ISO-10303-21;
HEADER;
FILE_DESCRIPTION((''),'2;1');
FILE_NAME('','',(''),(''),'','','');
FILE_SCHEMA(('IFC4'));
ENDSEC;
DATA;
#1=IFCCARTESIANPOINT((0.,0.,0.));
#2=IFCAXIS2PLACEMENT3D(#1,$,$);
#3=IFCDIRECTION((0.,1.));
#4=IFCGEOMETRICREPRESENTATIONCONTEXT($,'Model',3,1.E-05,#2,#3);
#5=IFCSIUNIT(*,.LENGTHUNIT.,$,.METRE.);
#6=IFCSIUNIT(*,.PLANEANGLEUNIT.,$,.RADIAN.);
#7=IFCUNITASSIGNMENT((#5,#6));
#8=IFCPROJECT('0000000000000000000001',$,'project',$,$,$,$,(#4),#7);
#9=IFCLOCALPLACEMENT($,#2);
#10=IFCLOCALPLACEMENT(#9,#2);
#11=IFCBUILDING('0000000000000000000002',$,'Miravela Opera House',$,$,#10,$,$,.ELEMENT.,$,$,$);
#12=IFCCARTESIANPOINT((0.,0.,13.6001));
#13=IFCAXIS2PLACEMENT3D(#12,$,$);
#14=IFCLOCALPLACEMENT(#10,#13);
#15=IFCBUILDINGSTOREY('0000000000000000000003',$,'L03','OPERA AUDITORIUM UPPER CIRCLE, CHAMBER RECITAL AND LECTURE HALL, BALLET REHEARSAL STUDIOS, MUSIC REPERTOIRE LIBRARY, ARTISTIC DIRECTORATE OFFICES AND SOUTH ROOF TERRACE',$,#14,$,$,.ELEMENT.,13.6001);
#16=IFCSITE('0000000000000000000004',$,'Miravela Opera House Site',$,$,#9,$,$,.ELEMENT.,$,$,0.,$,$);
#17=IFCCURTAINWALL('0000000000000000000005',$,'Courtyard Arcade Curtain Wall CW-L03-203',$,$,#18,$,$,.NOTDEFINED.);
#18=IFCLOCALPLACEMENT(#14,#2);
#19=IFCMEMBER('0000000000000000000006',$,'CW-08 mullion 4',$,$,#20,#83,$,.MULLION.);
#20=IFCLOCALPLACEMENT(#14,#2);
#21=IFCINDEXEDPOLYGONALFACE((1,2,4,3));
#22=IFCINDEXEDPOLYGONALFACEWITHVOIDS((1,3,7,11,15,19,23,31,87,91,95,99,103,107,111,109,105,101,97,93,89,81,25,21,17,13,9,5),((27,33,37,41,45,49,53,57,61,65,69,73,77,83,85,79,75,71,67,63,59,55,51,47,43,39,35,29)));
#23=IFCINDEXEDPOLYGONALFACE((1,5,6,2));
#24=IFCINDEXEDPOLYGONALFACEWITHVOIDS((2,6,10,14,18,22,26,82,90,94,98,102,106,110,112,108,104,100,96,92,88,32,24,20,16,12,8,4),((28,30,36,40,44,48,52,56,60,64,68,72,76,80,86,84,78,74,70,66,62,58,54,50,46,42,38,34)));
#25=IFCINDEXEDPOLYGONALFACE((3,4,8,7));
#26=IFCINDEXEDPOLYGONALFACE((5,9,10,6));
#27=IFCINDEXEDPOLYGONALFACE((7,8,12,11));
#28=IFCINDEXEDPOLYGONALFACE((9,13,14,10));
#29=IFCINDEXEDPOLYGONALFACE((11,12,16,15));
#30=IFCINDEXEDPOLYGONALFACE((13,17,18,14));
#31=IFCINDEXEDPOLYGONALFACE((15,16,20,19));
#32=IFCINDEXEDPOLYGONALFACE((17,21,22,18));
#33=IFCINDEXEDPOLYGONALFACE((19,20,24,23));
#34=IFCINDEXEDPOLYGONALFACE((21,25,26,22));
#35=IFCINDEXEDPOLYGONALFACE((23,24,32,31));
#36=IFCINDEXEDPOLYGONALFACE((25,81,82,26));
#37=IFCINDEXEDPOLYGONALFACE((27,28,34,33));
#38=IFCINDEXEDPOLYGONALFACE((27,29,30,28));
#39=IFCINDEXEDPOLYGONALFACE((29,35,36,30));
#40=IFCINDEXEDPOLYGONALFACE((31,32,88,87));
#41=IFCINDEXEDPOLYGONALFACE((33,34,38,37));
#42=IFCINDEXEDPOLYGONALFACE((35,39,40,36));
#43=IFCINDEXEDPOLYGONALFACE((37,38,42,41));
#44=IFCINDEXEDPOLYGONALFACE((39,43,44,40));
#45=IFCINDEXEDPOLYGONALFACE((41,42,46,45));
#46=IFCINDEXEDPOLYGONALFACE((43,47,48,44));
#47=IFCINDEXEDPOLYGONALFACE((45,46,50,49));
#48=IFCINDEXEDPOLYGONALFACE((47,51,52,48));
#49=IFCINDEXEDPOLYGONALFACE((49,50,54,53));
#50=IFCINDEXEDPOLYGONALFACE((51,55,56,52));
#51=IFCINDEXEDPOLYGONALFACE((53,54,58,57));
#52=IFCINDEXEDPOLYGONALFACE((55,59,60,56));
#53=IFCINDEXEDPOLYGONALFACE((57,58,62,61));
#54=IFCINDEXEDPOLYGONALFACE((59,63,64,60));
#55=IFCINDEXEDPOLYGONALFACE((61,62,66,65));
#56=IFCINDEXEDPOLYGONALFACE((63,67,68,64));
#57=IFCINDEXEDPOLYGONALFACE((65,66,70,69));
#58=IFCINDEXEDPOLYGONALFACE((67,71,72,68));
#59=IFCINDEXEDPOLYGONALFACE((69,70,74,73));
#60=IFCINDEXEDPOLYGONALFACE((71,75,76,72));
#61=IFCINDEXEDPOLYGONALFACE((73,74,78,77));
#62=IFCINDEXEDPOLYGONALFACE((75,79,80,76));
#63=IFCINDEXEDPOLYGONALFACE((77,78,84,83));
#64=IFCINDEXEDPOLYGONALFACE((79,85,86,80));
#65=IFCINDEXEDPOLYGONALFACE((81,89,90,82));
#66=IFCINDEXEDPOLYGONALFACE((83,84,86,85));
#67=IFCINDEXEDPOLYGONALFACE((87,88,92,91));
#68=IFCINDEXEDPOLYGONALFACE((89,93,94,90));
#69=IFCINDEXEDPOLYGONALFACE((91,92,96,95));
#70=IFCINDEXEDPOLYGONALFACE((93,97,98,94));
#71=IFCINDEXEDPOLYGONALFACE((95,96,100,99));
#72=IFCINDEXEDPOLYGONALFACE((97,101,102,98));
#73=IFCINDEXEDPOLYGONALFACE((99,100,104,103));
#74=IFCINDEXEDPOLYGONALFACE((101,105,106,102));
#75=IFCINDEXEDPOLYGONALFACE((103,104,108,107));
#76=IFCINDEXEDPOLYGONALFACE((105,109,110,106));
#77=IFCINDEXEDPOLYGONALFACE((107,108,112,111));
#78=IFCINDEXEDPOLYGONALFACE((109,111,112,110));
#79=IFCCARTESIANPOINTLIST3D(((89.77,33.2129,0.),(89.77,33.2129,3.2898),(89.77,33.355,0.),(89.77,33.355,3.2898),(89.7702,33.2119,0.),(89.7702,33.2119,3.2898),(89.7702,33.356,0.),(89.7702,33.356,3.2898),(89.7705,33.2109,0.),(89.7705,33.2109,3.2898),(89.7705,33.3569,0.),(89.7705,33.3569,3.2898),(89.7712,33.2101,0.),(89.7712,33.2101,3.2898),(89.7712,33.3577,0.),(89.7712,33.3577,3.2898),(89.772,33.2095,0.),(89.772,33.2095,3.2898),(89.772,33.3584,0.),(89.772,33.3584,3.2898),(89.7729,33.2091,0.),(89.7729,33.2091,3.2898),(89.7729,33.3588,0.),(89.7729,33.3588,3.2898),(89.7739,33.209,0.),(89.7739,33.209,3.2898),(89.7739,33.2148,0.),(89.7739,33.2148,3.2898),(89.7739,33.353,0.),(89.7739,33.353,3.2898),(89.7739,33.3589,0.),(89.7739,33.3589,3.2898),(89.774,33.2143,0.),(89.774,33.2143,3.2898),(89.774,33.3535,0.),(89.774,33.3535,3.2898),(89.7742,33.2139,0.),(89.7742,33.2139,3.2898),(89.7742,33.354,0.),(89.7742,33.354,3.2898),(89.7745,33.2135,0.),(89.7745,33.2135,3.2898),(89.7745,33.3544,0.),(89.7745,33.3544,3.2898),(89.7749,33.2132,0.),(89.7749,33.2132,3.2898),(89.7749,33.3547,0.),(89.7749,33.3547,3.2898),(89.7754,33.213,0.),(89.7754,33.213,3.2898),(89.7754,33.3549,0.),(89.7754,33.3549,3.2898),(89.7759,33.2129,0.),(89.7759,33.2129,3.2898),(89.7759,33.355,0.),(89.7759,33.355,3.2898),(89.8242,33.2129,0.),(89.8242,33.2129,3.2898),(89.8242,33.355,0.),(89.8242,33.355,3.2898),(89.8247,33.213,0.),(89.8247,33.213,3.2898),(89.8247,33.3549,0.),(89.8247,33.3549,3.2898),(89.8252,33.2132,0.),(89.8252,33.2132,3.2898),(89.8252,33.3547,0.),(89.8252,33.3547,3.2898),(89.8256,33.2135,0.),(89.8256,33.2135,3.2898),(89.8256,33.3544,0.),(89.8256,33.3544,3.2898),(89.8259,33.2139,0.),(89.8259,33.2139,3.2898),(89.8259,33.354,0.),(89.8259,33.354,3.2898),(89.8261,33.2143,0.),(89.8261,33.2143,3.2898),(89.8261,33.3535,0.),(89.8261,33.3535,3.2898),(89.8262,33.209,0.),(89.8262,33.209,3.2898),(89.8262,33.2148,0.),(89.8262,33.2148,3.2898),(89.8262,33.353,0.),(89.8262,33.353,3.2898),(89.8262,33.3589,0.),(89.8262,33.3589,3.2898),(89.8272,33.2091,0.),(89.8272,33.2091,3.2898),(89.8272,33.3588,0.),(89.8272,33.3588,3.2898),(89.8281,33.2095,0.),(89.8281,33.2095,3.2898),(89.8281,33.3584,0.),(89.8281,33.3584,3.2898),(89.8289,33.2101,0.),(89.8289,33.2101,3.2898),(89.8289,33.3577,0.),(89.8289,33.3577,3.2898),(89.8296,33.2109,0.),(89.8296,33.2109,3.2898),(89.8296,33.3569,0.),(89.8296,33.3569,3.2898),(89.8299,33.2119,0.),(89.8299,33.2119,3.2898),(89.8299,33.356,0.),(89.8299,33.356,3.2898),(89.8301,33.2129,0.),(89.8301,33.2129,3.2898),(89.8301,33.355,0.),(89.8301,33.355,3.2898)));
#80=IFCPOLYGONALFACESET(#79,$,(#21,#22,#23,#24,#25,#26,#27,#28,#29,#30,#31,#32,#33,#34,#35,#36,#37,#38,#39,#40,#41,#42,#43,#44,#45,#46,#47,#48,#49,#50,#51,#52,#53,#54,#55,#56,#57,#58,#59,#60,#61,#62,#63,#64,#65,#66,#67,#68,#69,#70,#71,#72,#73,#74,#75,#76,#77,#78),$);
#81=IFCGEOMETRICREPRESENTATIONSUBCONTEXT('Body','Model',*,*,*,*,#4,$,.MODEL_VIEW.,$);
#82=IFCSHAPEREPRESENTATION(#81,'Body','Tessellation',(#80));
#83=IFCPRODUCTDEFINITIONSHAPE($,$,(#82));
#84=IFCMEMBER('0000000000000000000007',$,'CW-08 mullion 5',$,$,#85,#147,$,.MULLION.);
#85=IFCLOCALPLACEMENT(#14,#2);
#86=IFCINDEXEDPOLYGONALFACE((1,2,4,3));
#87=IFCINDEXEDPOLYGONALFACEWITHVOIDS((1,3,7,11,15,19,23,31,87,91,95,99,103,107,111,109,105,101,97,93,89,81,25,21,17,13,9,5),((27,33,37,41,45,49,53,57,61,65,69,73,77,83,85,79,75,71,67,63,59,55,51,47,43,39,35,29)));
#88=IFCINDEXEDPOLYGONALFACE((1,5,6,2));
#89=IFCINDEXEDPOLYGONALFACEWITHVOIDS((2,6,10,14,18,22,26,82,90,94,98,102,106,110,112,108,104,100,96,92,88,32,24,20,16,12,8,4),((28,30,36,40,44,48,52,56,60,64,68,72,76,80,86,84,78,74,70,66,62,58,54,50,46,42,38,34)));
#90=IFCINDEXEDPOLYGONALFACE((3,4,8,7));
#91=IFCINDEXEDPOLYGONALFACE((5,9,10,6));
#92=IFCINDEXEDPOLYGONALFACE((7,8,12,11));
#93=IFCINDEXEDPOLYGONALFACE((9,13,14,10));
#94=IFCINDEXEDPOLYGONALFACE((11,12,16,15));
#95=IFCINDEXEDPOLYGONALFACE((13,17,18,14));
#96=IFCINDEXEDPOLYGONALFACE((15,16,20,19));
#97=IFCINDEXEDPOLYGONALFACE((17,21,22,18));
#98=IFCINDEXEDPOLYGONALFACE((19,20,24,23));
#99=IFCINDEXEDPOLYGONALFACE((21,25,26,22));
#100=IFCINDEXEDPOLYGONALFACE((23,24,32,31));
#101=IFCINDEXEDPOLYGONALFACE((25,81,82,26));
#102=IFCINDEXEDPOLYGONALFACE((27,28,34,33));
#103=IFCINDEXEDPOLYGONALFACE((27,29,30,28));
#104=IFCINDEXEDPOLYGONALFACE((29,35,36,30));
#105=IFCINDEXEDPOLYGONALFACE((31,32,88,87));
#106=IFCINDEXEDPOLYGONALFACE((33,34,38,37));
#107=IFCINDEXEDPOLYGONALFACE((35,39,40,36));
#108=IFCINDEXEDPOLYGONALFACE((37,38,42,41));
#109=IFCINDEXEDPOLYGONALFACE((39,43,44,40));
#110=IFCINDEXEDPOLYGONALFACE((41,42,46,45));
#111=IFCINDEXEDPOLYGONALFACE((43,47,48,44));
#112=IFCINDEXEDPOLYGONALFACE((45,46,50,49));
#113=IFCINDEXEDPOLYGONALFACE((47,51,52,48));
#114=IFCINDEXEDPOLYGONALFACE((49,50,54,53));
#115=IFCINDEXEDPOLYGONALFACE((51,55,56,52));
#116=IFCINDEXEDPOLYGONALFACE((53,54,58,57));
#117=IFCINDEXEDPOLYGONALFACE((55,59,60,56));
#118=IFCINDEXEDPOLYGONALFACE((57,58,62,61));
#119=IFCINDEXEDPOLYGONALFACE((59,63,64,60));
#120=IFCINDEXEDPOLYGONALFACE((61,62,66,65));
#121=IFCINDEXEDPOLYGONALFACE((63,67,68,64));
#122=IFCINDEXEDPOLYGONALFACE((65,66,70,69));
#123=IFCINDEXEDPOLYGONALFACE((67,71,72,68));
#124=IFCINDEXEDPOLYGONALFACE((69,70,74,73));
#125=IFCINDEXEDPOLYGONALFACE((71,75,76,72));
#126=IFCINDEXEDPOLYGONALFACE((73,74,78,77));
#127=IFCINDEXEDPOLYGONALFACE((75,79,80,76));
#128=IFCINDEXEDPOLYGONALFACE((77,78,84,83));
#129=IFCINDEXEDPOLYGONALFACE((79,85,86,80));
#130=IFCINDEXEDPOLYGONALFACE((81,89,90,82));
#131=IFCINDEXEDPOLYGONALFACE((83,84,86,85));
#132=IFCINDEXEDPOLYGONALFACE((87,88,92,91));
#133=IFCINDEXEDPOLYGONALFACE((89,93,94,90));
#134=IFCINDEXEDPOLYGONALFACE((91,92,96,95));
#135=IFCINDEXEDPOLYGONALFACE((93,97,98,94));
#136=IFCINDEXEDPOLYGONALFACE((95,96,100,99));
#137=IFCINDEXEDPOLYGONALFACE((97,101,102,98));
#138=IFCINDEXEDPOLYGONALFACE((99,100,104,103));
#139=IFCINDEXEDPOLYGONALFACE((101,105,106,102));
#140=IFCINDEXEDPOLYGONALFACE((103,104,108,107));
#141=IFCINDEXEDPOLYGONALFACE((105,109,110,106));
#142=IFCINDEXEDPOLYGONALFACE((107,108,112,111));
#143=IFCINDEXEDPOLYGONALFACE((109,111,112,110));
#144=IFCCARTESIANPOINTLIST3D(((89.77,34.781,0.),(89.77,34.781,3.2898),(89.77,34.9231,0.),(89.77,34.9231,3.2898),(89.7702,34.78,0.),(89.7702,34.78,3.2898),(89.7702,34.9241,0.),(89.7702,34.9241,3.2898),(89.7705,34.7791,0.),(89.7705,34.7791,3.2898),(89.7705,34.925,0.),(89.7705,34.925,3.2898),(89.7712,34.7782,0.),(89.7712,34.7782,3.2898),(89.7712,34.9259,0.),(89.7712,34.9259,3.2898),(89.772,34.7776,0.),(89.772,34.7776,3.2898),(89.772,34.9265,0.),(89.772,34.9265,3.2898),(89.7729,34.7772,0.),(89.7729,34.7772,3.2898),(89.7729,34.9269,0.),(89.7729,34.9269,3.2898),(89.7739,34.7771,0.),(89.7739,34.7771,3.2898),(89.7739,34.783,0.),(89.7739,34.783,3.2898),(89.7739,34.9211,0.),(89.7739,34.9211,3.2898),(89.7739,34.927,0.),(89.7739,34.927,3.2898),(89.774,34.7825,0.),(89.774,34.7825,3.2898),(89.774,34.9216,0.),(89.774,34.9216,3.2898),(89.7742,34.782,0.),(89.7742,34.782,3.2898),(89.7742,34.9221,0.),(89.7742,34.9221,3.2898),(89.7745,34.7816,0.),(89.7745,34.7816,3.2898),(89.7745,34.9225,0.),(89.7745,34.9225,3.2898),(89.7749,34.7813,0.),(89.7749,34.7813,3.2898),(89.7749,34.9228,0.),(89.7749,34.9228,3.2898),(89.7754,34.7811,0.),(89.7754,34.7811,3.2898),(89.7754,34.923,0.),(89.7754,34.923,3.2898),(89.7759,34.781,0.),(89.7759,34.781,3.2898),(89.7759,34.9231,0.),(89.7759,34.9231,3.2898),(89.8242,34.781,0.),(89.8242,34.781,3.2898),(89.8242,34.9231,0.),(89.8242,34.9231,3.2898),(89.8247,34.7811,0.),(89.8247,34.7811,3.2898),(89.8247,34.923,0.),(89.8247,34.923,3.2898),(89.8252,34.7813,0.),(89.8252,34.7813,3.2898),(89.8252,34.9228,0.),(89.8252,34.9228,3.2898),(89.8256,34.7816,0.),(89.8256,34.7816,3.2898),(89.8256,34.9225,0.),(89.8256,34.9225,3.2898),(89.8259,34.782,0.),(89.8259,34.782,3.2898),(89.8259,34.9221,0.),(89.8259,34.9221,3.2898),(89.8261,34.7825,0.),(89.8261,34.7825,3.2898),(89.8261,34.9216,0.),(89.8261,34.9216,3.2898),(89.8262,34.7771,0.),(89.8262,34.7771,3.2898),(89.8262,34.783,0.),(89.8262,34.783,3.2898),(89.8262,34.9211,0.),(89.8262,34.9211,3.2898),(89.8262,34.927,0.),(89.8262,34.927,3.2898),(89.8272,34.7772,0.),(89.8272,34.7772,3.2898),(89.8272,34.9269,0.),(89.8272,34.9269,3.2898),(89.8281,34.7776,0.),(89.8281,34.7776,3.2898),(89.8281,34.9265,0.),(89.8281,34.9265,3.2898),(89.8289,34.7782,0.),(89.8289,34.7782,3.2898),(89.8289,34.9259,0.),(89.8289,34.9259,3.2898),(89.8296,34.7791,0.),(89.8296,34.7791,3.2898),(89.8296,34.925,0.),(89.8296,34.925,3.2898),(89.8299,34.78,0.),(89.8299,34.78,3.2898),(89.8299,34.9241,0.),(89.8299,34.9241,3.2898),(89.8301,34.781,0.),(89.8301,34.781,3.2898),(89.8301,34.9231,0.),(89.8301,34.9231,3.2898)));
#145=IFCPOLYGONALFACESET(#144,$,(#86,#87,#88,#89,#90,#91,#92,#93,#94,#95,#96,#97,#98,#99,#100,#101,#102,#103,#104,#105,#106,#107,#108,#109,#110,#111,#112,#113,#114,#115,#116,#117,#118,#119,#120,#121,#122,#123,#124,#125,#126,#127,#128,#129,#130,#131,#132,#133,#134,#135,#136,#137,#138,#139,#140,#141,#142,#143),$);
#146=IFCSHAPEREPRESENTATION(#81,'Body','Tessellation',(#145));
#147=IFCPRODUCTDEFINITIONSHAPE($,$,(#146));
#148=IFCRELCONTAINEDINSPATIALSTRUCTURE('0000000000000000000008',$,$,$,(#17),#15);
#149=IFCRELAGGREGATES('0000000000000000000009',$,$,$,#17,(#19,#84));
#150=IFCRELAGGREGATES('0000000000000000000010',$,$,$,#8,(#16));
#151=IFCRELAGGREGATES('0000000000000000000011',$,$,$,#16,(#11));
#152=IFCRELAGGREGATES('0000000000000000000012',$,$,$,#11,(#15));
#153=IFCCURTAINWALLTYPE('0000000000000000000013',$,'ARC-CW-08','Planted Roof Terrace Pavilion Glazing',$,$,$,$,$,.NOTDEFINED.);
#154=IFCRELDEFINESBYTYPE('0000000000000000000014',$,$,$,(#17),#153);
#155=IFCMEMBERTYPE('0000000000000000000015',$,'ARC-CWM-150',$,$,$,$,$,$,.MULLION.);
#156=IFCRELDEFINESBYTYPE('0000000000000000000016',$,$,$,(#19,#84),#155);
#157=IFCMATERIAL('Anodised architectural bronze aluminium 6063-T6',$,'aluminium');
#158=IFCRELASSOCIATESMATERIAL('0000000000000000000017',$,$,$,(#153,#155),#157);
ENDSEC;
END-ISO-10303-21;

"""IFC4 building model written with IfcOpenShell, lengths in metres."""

from ifc_helpers import new_model, si_unit, direction, frame, origin, origin_2d, place, context, subcontext, project, spatial, hollow_rectangle, extrude, material, material_profile, profile_set, type_object, element, aggregate, save


model = new_model("IFC4")

# Units and contexts
model_context = context("Model", 3, precision=1e-05, world=origin(), true_north=direction((0.0, 1.0)))
body_context = subcontext(model_context, "Body", "Model", "MODEL_VIEW")
ifc_project = project(units=[si_unit("LENGTHUNIT", "METRE"), si_unit("PLANEANGLEUNIT", "RADIAN")], contexts=[model_context])

# Site, building, storey
site_placement = place(None, origin())
site = spatial("IfcSite", under=ifc_project, at=site_placement, Name="Miravela Opera House Site", CompositionType="ELEMENT", RefElevation=0.0)
building_placement = place(site_placement, origin())
building = spatial("IfcBuilding", under=site, at=building_placement, Name="Miravela Opera House", CompositionType="ELEMENT")
storey_placement = place(building_placement, frame((0.0, 0.0, 13.6001)))
storey = spatial("IfcBuildingStorey", under=building, at=storey_placement, Name="L03", Description="OPERA AUDITORIUM UPPER CIRCLE, CHAMBER RECITAL AND LECTURE HALL, BALLET REHEARSAL STUDIOS, MUSIC REPERTOIRE LIBRARY, ARTISTIC DIRECTORATE OFFICES AND SOUTH ROOF TERRACE", CompositionType="ELEMENT", Elevation=13.6001)

# Curtain wall, members
ifc_material_1 = material(Name="Anodised architectural bronze aluminium 6063-T6", Category="aluminium")
curtain_wall_type = type_object("IfcCurtainWallType", Name="ARC-CW-08", Description="Planted Roof Terrace Pavilion Glazing", PredefinedType="NOTDEFINED", material=ifc_material_1)
curtain_wall_placement = place(storey_placement, origin())
curtain_wall = element("IfcCurtainWall", 1, at=curtain_wall_placement, inside=storey, type_object=curtain_wall_type, Name="Courtyard Arcade Curtain Wall CW-L03-203", PredefinedType="NOTDEFINED")
ifc_material_profile_1 = material_profile(ifc_material_1, hollow_rectangle(XDim=0.0601, YDim=0.1499, WallThickness=0.0039, InnerFilletRadius=0.002, OuterFilletRadius=0.0039, at=origin_2d()), Name="CWM-60X150")
ifc_profile_set_1 = profile_set([ifc_material_profile_1])
member_type_1 = type_object("IfcMemberType", Name="ARC-CWM-150", PredefinedType="MULLION", material=ifc_profile_set_1)
member_1_placement = place(storey_placement, frame((89.8, 33.2839, 0.0), z_axis=(0.0, 0.0, 1.0), x_axis=(-1.0, 0.0, 0.0)))
member_1 = element("IfcMember", 2, at=member_1_placement, type_object=member_type_1, Name="CW-08 mullion 4", PredefinedType="MULLION", context=body_context, shape_type="SweptSolid", body=[
    extrude(hollow_rectangle(XDim=0.0601, YDim=0.1499, WallThickness=0.0039, InnerFilletRadius=0.002, OuterFilletRadius=0.0039, at=origin_2d()), origin(), (0.0, 0.0, 1.0), 3.2898),
])
member_2_placement = place(storey_placement, frame((89.8, 34.8521, 0.0), z_axis=(0.0, 0.0, 1.0), x_axis=(-1.0, 0.0, 0.0)))
member_2 = element("IfcMember", 3, at=member_2_placement, type_object=member_type_1, Name="CW-08 mullion 5", PredefinedType="MULLION", context=body_context, shape_type="SweptSolid", body=[
    extrude(hollow_rectangle(XDim=0.0601, YDim=0.1499, WallThickness=0.0039, InnerFilletRadius=0.002, OuterFilletRadius=0.0039, at=origin_2d()), origin(), (0.0, 0.0, 1.0), 3.2898),
])
aggregate(curtain_wall, [member_1, member_2])

save(model, "model.ifc")
